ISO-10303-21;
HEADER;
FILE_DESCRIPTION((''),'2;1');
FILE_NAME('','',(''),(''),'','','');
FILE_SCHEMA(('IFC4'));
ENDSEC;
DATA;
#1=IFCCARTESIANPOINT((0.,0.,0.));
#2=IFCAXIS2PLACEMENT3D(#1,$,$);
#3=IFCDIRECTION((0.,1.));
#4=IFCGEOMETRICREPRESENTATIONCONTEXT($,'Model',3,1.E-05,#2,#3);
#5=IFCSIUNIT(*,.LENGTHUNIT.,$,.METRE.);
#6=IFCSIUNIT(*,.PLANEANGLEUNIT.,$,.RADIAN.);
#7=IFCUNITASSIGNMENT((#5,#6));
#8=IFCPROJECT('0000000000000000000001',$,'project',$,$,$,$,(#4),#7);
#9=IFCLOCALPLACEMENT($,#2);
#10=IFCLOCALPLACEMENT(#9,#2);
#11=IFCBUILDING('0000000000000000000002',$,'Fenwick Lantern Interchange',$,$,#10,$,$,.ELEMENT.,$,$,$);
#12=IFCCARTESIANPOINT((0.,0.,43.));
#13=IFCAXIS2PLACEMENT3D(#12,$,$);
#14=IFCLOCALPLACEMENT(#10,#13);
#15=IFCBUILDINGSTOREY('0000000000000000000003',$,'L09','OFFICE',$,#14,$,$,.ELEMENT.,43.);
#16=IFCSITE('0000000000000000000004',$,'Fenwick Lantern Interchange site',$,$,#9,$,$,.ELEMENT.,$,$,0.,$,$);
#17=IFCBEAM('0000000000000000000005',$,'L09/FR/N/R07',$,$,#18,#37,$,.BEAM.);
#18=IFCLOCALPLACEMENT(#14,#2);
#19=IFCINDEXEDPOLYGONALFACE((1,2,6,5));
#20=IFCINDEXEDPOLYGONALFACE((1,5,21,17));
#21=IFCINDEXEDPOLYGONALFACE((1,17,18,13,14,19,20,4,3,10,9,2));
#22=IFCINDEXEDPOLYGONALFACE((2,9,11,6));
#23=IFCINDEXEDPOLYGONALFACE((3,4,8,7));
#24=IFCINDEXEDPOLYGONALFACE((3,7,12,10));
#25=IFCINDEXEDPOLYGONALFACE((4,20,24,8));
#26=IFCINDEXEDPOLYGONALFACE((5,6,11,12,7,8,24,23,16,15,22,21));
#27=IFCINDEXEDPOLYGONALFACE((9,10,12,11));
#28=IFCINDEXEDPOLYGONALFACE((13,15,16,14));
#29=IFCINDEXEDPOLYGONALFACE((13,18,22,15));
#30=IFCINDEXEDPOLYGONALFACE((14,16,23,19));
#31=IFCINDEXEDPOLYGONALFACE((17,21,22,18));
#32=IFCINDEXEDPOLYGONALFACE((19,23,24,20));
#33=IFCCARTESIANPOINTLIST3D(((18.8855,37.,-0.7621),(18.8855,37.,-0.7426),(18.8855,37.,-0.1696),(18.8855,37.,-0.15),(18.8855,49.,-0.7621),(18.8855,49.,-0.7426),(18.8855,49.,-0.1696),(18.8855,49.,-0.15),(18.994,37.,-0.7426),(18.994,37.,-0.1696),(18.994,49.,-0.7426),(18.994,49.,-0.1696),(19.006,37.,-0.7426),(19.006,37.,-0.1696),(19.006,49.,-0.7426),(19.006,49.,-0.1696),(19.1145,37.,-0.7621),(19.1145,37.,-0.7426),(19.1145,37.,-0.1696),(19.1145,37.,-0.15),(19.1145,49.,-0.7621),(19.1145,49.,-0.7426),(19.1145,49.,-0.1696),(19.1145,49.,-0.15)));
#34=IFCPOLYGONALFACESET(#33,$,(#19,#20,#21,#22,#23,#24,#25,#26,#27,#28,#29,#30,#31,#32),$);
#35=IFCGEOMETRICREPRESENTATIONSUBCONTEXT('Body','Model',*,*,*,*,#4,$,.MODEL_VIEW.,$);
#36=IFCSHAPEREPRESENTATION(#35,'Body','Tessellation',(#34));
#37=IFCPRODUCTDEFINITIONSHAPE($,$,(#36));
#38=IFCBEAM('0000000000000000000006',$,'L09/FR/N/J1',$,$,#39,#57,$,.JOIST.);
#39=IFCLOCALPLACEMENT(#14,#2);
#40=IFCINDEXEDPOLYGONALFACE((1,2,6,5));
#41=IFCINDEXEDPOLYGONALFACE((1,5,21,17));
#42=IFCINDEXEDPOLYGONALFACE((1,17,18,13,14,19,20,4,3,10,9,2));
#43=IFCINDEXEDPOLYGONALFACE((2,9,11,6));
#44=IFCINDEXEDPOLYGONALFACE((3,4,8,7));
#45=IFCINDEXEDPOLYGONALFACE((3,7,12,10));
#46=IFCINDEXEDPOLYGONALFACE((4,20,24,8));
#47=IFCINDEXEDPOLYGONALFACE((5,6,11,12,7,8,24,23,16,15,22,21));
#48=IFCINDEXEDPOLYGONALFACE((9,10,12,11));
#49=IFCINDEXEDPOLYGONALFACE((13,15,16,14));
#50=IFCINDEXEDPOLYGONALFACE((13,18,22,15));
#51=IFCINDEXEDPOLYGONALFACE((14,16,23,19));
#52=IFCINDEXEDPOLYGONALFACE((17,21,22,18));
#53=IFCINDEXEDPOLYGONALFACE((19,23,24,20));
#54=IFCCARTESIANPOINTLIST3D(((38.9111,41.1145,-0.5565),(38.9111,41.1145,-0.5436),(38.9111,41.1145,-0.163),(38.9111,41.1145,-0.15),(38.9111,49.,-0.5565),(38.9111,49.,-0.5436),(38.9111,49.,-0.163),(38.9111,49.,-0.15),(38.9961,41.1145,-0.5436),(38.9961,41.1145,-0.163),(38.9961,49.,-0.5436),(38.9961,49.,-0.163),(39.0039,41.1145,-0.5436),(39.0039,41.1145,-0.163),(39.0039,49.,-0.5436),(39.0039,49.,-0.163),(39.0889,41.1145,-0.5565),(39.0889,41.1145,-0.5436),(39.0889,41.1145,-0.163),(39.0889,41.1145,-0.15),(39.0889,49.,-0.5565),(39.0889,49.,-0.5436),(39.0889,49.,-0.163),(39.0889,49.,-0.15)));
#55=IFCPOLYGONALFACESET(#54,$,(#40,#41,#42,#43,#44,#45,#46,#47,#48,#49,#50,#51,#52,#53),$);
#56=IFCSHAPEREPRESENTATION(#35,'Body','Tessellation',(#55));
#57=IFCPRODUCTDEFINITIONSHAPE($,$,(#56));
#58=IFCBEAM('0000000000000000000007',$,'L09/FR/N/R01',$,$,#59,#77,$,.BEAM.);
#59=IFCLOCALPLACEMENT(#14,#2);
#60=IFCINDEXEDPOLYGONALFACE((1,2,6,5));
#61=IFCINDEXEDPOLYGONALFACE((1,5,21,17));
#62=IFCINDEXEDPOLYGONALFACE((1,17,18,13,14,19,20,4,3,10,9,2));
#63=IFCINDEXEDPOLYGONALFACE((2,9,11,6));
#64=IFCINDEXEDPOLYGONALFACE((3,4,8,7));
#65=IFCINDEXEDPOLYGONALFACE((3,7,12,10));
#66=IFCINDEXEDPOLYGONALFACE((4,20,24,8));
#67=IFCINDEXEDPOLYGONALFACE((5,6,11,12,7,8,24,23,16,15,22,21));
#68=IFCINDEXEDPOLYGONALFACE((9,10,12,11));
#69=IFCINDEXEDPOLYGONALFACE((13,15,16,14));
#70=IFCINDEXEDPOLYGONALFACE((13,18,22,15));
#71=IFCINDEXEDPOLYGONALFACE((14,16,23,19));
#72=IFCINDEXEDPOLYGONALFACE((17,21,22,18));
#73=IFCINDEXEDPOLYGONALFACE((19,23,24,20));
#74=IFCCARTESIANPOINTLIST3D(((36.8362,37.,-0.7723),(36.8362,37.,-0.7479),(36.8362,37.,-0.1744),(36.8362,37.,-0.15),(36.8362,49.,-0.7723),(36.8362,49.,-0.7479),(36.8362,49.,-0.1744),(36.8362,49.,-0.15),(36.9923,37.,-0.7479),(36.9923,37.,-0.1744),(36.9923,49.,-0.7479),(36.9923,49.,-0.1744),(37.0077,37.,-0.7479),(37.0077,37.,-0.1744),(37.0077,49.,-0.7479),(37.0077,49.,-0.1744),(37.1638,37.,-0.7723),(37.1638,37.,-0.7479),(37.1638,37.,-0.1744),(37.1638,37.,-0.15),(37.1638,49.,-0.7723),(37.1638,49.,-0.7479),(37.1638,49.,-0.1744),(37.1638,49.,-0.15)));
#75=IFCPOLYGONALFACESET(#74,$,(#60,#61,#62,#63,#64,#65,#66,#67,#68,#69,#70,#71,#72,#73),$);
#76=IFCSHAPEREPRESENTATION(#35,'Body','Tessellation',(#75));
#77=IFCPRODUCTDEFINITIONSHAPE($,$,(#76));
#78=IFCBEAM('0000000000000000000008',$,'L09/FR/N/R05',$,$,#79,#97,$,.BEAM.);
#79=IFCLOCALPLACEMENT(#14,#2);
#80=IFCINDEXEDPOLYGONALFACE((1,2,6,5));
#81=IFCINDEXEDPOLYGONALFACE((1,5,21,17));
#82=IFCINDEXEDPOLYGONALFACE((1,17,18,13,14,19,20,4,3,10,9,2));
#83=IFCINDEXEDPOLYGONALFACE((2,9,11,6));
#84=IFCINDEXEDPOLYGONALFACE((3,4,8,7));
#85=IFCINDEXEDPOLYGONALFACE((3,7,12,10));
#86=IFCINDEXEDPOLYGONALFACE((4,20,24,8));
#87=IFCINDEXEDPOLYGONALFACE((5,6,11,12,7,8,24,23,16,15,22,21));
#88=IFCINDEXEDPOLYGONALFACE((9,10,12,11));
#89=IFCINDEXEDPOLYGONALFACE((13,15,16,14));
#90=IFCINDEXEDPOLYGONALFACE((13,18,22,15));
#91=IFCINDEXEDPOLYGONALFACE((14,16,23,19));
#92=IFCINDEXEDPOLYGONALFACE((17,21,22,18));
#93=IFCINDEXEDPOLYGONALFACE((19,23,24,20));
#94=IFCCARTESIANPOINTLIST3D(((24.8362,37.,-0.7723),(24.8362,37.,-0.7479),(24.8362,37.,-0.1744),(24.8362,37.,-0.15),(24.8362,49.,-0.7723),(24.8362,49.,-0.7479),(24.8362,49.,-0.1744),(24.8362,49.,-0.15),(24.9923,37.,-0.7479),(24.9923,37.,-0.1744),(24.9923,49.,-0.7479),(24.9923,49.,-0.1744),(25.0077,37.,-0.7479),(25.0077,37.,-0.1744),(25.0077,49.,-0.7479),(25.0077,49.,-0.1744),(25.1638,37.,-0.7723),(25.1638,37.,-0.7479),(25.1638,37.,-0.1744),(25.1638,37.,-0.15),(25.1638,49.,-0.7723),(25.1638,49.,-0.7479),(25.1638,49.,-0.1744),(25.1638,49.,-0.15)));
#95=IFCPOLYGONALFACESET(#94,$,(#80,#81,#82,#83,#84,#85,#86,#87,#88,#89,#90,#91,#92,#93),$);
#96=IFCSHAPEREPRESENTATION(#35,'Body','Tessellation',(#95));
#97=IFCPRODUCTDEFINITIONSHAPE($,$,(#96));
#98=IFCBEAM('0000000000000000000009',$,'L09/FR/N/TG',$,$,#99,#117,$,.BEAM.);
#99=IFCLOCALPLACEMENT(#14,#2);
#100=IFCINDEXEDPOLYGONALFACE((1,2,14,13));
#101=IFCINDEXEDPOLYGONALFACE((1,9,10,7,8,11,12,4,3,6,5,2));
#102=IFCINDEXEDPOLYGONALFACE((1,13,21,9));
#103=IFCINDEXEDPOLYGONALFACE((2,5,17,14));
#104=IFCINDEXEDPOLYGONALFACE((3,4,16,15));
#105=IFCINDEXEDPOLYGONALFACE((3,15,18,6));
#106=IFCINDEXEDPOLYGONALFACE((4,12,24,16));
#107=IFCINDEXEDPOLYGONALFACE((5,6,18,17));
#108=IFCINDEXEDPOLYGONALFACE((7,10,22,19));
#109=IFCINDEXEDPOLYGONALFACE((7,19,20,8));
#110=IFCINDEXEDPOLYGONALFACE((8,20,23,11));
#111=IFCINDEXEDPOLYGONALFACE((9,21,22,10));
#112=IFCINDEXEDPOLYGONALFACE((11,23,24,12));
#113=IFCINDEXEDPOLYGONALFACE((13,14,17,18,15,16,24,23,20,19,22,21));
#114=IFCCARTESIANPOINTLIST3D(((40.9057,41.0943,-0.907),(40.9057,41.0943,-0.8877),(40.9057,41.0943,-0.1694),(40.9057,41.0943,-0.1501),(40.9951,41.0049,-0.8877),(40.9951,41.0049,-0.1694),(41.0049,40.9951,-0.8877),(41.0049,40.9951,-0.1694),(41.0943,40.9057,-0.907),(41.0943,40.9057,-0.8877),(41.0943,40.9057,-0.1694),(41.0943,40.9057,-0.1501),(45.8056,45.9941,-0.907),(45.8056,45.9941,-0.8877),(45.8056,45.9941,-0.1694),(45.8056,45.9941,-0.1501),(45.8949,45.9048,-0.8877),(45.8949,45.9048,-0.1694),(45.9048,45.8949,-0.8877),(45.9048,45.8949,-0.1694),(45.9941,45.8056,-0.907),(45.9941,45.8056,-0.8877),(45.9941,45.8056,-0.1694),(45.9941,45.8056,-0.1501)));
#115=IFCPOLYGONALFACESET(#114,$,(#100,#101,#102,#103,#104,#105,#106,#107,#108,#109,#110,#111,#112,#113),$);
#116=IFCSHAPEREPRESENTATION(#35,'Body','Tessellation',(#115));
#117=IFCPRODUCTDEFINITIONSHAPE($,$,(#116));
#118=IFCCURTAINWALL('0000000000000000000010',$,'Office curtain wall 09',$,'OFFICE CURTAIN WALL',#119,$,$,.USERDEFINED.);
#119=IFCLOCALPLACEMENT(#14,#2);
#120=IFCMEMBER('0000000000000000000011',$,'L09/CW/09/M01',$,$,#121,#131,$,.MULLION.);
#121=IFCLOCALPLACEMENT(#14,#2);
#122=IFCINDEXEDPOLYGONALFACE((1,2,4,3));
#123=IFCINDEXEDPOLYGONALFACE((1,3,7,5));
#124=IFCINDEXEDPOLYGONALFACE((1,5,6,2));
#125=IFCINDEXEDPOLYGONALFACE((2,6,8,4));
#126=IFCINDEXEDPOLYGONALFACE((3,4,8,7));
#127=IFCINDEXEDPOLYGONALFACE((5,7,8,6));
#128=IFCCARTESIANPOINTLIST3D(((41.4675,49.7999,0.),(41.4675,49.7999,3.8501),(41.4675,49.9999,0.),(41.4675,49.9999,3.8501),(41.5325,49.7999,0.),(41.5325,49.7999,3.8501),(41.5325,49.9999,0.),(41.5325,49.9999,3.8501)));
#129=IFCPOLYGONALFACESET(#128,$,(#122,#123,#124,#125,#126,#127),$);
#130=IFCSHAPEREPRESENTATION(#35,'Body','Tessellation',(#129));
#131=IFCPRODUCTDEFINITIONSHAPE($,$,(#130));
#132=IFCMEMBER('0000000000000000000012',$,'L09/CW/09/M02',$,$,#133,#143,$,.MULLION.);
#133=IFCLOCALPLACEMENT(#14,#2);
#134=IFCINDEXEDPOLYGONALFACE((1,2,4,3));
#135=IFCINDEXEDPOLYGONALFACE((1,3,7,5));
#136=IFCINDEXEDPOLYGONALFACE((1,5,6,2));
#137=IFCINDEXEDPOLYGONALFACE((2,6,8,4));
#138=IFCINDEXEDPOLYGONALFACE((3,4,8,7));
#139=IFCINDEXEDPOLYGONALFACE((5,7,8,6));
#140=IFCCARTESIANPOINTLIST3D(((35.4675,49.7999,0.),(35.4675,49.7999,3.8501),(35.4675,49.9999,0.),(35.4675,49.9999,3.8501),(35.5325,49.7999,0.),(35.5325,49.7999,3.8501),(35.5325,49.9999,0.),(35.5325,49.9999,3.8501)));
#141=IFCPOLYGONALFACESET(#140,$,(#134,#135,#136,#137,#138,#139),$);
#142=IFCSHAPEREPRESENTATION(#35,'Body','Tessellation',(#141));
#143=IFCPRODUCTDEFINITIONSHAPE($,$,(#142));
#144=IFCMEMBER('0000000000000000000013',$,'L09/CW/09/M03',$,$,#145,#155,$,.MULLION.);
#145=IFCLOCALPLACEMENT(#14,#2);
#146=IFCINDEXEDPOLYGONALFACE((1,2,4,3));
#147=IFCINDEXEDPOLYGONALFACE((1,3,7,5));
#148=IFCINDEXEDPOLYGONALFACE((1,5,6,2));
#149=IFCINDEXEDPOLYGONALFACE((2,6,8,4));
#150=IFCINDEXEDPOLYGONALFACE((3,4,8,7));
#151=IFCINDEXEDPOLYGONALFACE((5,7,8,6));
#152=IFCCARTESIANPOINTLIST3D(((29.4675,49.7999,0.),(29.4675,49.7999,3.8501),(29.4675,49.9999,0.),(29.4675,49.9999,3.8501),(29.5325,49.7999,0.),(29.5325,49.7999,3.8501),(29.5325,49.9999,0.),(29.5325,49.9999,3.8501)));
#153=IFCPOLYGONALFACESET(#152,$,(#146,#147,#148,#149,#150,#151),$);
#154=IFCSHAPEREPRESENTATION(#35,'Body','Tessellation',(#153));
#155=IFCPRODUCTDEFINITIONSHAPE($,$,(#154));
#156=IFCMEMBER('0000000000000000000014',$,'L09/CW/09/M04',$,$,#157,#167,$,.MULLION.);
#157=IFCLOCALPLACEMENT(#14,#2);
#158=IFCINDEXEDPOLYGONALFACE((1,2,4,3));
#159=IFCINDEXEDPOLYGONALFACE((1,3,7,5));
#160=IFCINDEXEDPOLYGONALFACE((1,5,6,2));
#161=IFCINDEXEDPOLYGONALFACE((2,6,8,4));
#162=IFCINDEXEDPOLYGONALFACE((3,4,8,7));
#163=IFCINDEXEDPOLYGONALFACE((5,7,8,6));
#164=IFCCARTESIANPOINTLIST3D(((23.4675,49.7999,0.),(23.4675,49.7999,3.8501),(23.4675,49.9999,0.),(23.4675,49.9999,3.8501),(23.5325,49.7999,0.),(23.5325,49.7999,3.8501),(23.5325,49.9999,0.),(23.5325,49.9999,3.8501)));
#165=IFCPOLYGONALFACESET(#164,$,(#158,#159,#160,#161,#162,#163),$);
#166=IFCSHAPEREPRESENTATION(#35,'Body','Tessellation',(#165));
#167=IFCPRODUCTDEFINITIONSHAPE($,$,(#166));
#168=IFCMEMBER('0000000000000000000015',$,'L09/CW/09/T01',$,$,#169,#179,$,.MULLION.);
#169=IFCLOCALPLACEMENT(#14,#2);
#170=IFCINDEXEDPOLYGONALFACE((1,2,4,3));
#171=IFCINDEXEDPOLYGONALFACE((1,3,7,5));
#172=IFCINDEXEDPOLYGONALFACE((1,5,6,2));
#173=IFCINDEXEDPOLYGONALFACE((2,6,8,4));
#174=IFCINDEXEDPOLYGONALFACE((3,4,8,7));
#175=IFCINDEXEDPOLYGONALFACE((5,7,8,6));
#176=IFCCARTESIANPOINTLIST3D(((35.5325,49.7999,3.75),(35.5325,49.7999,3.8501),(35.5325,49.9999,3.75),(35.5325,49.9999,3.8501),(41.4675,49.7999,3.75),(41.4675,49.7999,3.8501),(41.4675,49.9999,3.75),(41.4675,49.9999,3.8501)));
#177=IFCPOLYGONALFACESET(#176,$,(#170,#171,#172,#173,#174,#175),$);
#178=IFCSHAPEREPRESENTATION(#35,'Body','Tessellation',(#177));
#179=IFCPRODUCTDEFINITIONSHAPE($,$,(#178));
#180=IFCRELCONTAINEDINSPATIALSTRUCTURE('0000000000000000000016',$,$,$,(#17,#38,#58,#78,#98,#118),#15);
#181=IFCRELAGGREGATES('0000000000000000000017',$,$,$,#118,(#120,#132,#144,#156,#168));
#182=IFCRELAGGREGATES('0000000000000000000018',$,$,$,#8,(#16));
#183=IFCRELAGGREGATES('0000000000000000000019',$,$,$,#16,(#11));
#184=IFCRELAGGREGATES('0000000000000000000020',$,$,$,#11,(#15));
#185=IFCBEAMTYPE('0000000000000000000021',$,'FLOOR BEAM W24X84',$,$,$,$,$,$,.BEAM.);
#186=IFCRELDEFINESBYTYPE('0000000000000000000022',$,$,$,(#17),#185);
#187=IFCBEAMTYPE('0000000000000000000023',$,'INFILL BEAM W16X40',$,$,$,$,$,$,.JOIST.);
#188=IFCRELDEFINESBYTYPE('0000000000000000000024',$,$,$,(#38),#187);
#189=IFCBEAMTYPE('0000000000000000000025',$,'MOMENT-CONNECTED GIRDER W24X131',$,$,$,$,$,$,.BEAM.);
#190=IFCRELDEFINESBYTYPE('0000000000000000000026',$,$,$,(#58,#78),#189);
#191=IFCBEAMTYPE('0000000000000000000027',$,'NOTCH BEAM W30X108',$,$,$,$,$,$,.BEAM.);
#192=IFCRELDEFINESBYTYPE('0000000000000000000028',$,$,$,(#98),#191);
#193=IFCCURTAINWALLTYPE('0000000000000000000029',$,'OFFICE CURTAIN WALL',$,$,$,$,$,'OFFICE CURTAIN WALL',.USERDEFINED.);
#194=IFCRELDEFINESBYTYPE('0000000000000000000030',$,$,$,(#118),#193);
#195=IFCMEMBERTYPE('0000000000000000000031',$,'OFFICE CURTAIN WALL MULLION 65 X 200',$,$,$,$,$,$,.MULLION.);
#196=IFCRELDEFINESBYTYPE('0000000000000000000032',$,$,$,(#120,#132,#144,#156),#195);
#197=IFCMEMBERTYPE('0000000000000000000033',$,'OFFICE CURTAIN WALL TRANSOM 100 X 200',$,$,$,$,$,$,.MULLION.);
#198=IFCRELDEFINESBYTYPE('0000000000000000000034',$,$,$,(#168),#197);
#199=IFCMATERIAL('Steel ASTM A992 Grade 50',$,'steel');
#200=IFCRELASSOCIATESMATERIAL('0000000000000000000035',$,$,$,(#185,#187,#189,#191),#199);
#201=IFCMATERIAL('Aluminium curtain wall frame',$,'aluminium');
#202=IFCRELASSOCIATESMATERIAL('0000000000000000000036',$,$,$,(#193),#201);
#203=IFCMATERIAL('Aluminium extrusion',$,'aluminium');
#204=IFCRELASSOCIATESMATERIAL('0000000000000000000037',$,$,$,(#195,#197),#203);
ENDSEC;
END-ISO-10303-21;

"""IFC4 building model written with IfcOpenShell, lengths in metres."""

from ifc_helpers import new_model, si_unit, direction, frame, origin, origin_2d, place, context, subcontext, project, spatial, rectangle, i_section, extrude, material, material_profile, profile_set, type_object, element, aggregate, save


model = new_model("IFC4")

# Units and contexts
model_context = context("Model", 3, precision=1e-05, world=origin(), true_north=direction((0.0, 1.0)))
body_context = subcontext(model_context, "Body", "Model", "MODEL_VIEW")
ifc_project = project(units=[si_unit("LENGTHUNIT", "METRE"), si_unit("PLANEANGLEUNIT", "RADIAN")], contexts=[model_context])

# Site, building, storey
site_placement = place(None, origin())
site = spatial("IfcSite", under=ifc_project, at=site_placement, Name="Fenwick Lantern Interchange site", CompositionType="ELEMENT", RefElevation=0.0)
building_placement = place(site_placement, origin())
building = spatial("IfcBuilding", under=site, at=building_placement, Name="Fenwick Lantern Interchange", CompositionType="ELEMENT")
storey_placement = place(building_placement, frame((0.0, 0.0, 43.0)))
storey = spatial("IfcBuildingStorey", under=building, at=storey_placement, Name="L09", Description="OFFICE", CompositionType="ELEMENT", Elevation=43.0)

# Shared definitions
ifc_material_1 = material(Name="Steel ASTM A992 Grade 50", Category="steel")

# Beams
ifc_material_profile_1 = material_profile(ifc_material_1, i_section(OverallWidth=0.229, OverallDepth=0.6121, WebThickness=0.012, FlangeThickness=0.0195, at=origin_2d()), Name="W24X84")
ifc_profile_set_1 = profile_set([ifc_material_profile_1], Name="Steel ASTM A992 Grade 50")
beam_type_1 = type_object("IfcBeamType", Name="FLOOR BEAM W24X84", PredefinedType="BEAM", material=ifc_profile_set_1)
for number, where, z_axis, x_axis, name in (
    (1, (19.0, 49.0, -0.4561), (0.0, -1.0, 0.0), (1.0, 0.0, 0.0), "L09/FR/N/R07"),
):
    element("IfcBeam", number, at=place(storey_placement, frame(where, z_axis=z_axis, x_axis=x_axis)), inside=storey, type_object=beam_type_1, Name=name, PredefinedType="BEAM", context=body_context, shape_type="SweptSolid", body=[
        extrude(i_section(OverallWidth=0.229, OverallDepth=0.6121, WebThickness=0.012, FlangeThickness=0.0195, at=origin_2d()), origin(), (0.0, 0.0, 1.0), 12.0),
    ])
ifc_material_profile_2 = material_profile(ifc_material_1, i_section(OverallWidth=0.1777, OverallDepth=0.4065, WebThickness=0.0078, FlangeThickness=0.0129, at=origin_2d()), Name="W16X40")
ifc_profile_set_2 = profile_set([ifc_material_profile_2], Name="Steel ASTM A992 Grade 50")
beam_type_2 = type_object("IfcBeamType", Name="INFILL BEAM W16X40", PredefinedType="JOIST", material=ifc_profile_set_2)
beam_1_placement = place(storey_placement, frame((39.0, 49.0, -0.3533), z_axis=(0.0, -1.0, 0.0), x_axis=(1.0, 0.0, 0.0)))
element("IfcBeam", 2, at=beam_1_placement, inside=storey, type_object=beam_type_2, Name="L09/FR/N/J1", PredefinedType="JOIST", context=body_context, shape_type="SweptSolid", body=[
    extrude(i_section(OverallWidth=0.1777, OverallDepth=0.4065, WebThickness=0.0078, FlangeThickness=0.0129, at=origin_2d()), origin(), (0.0, 0.0, 1.0), 7.8855),
])
ifc_material_profile_3 = material_profile(ifc_material_1, i_section(OverallWidth=0.3276, OverallDepth=0.6223, WebThickness=0.0154, FlangeThickness=0.0244, at=origin_2d()), Name="W24X131")
ifc_profile_set_3 = profile_set([ifc_material_profile_3], Name="Steel ASTM A992 Grade 50")
beam_type_3 = type_object("IfcBeamType", Name="MOMENT-CONNECTED GIRDER W24X131", PredefinedType="BEAM", material=ifc_profile_set_3)
for number, where, z_axis, x_axis, name in (
    (3, (37.0, 49.0, -0.4612), (0.0, -1.0, 0.0), (1.0, 0.0, 0.0), "L09/FR/N/R01"),
    (4, (25.0, 49.0, -0.4612), (0.0, -1.0, 0.0), (1.0, 0.0, 0.0), "L09/FR/N/R05"),
):
    element("IfcBeam", number, at=place(storey_placement, frame(where, z_axis=z_axis, x_axis=x_axis)), inside=storey, type_object=beam_type_3, Name=name, PredefinedType="BEAM", context=body_context, shape_type="SweptSolid", body=[
        extrude(i_section(OverallWidth=0.3276, OverallDepth=0.6223, WebThickness=0.0154, FlangeThickness=0.0244, at=origin_2d()), origin(), (0.0, 0.0, 1.0), 12.0),
    ])
ifc_material_profile_4 = material_profile(ifc_material_1, i_section(OverallWidth=0.2666, OverallDepth=0.7568, WebThickness=0.0139, FlangeThickness=0.0193, at=origin_2d()), Name="W30X108")
ifc_profile_set_4 = profile_set([ifc_material_profile_4], Name="Steel ASTM A992 Grade 50")
beam_type_4 = type_object("IfcBeamType", Name="NOTCH BEAM W30X108", PredefinedType="BEAM", material=ifc_profile_set_4)
beam_2_placement = place(storey_placement, frame((41.0, 41.0, -0.5286), z_axis=(0.707107, 0.707107, 0.0), x_axis=(-0.707107, 0.707107, 0.0)))
element("IfcBeam", 5, at=beam_2_placement, inside=storey, type_object=beam_type_4, Name="L09/FR/N/TG", PredefinedType="BEAM", context=body_context, shape_type="SweptSolid", body=[
    extrude(i_section(OverallWidth=0.2666, OverallDepth=0.7568, WebThickness=0.0139, FlangeThickness=0.0193, at=origin_2d()), origin(), (0.0, 0.0, 1.0), 6.9294),
])

# Curtain wall, members
ifc_material_2 = material(Name="Aluminium curtain wall frame", Category="aluminium")
curtain_wall_type = type_object("IfcCurtainWallType", Name="OFFICE CURTAIN WALL", ElementType="OFFICE CURTAIN WALL", PredefinedType="USERDEFINED", material=ifc_material_2)
curtain_wall_placement = place(storey_placement, origin())
curtain_wall = element("IfcCurtainWall", 6, at=curtain_wall_placement, inside=storey, type_object=curtain_wall_type, Name="Office curtain wall 09", ObjectType="OFFICE CURTAIN WALL", PredefinedType="USERDEFINED")
ifc_material_3 = material(Name="Aluminium extrusion", Category="aluminium")
ifc_material_profile_5 = material_profile(ifc_material_3, rectangle(XDim=0.2, YDim=0.0649, at=origin_2d()), Name="OFFICE CURTAIN WALL MULLION 65 X 200")
ifc_profile_set_5 = profile_set([ifc_material_profile_5], Name="Aluminium extrusion")
member_type_1 = type_object("IfcMemberType", Name="OFFICE CURTAIN WALL MULLION 65 X 200", PredefinedType="MULLION", material=ifc_profile_set_5)
member_1_placement = place(storey_placement, frame((41.5, 49.8999, 0.0), z_axis=(0.0, 0.0, 1.0), x_axis=(0.0, -1.0, 0.0)))
member_1 = element("IfcMember", 7, at=member_1_placement, type_object=member_type_1, Name="L09/CW/09/M01", PredefinedType="MULLION", context=body_context, shape_type="SweptSolid", body=[
    extrude(rectangle(XDim=0.2, YDim=0.0649, at=origin_2d()), origin(), (0.0, 0.0, 1.0), 3.8501),
])
member_2_placement = place(storey_placement, frame((35.5, 49.8999, 0.0), z_axis=(0.0, 0.0, 1.0), x_axis=(0.0, -1.0, 0.0)))
member_2 = element("IfcMember", 8, at=member_2_placement, type_object=member_type_1, Name="L09/CW/09/M02", PredefinedType="MULLION", context=body_context, shape_type="SweptSolid", body=[
    extrude(rectangle(XDim=0.2, YDim=0.0649, at=origin_2d()), origin(), (0.0, 0.0, 1.0), 3.8501),
])
member_3_placement = place(storey_placement, frame((29.5, 49.8999, 0.0), z_axis=(0.0, 0.0, 1.0), x_axis=(0.0, -1.0, 0.0)))
member_3 = element("IfcMember", 9, at=member_3_placement, type_object=member_type_1, Name="L09/CW/09/M03", PredefinedType="MULLION", context=body_context, shape_type="SweptSolid", body=[
    extrude(rectangle(XDim=0.2, YDim=0.0649, at=origin_2d()), origin(), (0.0, 0.0, 1.0), 3.8501),
])
member_4_placement = place(storey_placement, frame((23.5, 49.8999, 0.0), z_axis=(0.0, 0.0, 1.0), x_axis=(0.0, -1.0, 0.0)))
member_4 = element("IfcMember", 10, at=member_4_placement, type_object=member_type_1, Name="L09/CW/09/M04", PredefinedType="MULLION", context=body_context, shape_type="SweptSolid", body=[
    extrude(rectangle(XDim=0.2, YDim=0.0649, at=origin_2d()), origin(), (0.0, 0.0, 1.0), 3.8501),
])
ifc_material_profile_6 = material_profile(ifc_material_3, rectangle(XDim=0.2, YDim=0.1001, at=origin_2d()), Name="OFFICE CURTAIN WALL TRANSOM 100 X 200")
ifc_profile_set_6 = profile_set([ifc_material_profile_6], Name="Aluminium extrusion")
member_type_2 = type_object("IfcMemberType", Name="OFFICE CURTAIN WALL TRANSOM 100 X 200", PredefinedType="MULLION", material=ifc_profile_set_6)
member_5_placement = place(storey_placement, frame((41.4675, 49.8999, 3.8), z_axis=(-1.0, 0.0, 0.0), x_axis=(0.0, -1.0, 0.0)))
member_5 = element("IfcMember", 11, at=member_5_placement, type_object=member_type_2, Name="L09/CW/09/T01", PredefinedType="MULLION", context=body_context, shape_type="SweptSolid", body=[
    extrude(rectangle(XDim=0.2, YDim=0.1001, at=origin_2d()), origin(), (0.0, 0.0, 1.0), 5.9351),
])
aggregate(curtain_wall, [member_1, member_2, member_3, member_4, member_5])

save(model, "model.ifc")
